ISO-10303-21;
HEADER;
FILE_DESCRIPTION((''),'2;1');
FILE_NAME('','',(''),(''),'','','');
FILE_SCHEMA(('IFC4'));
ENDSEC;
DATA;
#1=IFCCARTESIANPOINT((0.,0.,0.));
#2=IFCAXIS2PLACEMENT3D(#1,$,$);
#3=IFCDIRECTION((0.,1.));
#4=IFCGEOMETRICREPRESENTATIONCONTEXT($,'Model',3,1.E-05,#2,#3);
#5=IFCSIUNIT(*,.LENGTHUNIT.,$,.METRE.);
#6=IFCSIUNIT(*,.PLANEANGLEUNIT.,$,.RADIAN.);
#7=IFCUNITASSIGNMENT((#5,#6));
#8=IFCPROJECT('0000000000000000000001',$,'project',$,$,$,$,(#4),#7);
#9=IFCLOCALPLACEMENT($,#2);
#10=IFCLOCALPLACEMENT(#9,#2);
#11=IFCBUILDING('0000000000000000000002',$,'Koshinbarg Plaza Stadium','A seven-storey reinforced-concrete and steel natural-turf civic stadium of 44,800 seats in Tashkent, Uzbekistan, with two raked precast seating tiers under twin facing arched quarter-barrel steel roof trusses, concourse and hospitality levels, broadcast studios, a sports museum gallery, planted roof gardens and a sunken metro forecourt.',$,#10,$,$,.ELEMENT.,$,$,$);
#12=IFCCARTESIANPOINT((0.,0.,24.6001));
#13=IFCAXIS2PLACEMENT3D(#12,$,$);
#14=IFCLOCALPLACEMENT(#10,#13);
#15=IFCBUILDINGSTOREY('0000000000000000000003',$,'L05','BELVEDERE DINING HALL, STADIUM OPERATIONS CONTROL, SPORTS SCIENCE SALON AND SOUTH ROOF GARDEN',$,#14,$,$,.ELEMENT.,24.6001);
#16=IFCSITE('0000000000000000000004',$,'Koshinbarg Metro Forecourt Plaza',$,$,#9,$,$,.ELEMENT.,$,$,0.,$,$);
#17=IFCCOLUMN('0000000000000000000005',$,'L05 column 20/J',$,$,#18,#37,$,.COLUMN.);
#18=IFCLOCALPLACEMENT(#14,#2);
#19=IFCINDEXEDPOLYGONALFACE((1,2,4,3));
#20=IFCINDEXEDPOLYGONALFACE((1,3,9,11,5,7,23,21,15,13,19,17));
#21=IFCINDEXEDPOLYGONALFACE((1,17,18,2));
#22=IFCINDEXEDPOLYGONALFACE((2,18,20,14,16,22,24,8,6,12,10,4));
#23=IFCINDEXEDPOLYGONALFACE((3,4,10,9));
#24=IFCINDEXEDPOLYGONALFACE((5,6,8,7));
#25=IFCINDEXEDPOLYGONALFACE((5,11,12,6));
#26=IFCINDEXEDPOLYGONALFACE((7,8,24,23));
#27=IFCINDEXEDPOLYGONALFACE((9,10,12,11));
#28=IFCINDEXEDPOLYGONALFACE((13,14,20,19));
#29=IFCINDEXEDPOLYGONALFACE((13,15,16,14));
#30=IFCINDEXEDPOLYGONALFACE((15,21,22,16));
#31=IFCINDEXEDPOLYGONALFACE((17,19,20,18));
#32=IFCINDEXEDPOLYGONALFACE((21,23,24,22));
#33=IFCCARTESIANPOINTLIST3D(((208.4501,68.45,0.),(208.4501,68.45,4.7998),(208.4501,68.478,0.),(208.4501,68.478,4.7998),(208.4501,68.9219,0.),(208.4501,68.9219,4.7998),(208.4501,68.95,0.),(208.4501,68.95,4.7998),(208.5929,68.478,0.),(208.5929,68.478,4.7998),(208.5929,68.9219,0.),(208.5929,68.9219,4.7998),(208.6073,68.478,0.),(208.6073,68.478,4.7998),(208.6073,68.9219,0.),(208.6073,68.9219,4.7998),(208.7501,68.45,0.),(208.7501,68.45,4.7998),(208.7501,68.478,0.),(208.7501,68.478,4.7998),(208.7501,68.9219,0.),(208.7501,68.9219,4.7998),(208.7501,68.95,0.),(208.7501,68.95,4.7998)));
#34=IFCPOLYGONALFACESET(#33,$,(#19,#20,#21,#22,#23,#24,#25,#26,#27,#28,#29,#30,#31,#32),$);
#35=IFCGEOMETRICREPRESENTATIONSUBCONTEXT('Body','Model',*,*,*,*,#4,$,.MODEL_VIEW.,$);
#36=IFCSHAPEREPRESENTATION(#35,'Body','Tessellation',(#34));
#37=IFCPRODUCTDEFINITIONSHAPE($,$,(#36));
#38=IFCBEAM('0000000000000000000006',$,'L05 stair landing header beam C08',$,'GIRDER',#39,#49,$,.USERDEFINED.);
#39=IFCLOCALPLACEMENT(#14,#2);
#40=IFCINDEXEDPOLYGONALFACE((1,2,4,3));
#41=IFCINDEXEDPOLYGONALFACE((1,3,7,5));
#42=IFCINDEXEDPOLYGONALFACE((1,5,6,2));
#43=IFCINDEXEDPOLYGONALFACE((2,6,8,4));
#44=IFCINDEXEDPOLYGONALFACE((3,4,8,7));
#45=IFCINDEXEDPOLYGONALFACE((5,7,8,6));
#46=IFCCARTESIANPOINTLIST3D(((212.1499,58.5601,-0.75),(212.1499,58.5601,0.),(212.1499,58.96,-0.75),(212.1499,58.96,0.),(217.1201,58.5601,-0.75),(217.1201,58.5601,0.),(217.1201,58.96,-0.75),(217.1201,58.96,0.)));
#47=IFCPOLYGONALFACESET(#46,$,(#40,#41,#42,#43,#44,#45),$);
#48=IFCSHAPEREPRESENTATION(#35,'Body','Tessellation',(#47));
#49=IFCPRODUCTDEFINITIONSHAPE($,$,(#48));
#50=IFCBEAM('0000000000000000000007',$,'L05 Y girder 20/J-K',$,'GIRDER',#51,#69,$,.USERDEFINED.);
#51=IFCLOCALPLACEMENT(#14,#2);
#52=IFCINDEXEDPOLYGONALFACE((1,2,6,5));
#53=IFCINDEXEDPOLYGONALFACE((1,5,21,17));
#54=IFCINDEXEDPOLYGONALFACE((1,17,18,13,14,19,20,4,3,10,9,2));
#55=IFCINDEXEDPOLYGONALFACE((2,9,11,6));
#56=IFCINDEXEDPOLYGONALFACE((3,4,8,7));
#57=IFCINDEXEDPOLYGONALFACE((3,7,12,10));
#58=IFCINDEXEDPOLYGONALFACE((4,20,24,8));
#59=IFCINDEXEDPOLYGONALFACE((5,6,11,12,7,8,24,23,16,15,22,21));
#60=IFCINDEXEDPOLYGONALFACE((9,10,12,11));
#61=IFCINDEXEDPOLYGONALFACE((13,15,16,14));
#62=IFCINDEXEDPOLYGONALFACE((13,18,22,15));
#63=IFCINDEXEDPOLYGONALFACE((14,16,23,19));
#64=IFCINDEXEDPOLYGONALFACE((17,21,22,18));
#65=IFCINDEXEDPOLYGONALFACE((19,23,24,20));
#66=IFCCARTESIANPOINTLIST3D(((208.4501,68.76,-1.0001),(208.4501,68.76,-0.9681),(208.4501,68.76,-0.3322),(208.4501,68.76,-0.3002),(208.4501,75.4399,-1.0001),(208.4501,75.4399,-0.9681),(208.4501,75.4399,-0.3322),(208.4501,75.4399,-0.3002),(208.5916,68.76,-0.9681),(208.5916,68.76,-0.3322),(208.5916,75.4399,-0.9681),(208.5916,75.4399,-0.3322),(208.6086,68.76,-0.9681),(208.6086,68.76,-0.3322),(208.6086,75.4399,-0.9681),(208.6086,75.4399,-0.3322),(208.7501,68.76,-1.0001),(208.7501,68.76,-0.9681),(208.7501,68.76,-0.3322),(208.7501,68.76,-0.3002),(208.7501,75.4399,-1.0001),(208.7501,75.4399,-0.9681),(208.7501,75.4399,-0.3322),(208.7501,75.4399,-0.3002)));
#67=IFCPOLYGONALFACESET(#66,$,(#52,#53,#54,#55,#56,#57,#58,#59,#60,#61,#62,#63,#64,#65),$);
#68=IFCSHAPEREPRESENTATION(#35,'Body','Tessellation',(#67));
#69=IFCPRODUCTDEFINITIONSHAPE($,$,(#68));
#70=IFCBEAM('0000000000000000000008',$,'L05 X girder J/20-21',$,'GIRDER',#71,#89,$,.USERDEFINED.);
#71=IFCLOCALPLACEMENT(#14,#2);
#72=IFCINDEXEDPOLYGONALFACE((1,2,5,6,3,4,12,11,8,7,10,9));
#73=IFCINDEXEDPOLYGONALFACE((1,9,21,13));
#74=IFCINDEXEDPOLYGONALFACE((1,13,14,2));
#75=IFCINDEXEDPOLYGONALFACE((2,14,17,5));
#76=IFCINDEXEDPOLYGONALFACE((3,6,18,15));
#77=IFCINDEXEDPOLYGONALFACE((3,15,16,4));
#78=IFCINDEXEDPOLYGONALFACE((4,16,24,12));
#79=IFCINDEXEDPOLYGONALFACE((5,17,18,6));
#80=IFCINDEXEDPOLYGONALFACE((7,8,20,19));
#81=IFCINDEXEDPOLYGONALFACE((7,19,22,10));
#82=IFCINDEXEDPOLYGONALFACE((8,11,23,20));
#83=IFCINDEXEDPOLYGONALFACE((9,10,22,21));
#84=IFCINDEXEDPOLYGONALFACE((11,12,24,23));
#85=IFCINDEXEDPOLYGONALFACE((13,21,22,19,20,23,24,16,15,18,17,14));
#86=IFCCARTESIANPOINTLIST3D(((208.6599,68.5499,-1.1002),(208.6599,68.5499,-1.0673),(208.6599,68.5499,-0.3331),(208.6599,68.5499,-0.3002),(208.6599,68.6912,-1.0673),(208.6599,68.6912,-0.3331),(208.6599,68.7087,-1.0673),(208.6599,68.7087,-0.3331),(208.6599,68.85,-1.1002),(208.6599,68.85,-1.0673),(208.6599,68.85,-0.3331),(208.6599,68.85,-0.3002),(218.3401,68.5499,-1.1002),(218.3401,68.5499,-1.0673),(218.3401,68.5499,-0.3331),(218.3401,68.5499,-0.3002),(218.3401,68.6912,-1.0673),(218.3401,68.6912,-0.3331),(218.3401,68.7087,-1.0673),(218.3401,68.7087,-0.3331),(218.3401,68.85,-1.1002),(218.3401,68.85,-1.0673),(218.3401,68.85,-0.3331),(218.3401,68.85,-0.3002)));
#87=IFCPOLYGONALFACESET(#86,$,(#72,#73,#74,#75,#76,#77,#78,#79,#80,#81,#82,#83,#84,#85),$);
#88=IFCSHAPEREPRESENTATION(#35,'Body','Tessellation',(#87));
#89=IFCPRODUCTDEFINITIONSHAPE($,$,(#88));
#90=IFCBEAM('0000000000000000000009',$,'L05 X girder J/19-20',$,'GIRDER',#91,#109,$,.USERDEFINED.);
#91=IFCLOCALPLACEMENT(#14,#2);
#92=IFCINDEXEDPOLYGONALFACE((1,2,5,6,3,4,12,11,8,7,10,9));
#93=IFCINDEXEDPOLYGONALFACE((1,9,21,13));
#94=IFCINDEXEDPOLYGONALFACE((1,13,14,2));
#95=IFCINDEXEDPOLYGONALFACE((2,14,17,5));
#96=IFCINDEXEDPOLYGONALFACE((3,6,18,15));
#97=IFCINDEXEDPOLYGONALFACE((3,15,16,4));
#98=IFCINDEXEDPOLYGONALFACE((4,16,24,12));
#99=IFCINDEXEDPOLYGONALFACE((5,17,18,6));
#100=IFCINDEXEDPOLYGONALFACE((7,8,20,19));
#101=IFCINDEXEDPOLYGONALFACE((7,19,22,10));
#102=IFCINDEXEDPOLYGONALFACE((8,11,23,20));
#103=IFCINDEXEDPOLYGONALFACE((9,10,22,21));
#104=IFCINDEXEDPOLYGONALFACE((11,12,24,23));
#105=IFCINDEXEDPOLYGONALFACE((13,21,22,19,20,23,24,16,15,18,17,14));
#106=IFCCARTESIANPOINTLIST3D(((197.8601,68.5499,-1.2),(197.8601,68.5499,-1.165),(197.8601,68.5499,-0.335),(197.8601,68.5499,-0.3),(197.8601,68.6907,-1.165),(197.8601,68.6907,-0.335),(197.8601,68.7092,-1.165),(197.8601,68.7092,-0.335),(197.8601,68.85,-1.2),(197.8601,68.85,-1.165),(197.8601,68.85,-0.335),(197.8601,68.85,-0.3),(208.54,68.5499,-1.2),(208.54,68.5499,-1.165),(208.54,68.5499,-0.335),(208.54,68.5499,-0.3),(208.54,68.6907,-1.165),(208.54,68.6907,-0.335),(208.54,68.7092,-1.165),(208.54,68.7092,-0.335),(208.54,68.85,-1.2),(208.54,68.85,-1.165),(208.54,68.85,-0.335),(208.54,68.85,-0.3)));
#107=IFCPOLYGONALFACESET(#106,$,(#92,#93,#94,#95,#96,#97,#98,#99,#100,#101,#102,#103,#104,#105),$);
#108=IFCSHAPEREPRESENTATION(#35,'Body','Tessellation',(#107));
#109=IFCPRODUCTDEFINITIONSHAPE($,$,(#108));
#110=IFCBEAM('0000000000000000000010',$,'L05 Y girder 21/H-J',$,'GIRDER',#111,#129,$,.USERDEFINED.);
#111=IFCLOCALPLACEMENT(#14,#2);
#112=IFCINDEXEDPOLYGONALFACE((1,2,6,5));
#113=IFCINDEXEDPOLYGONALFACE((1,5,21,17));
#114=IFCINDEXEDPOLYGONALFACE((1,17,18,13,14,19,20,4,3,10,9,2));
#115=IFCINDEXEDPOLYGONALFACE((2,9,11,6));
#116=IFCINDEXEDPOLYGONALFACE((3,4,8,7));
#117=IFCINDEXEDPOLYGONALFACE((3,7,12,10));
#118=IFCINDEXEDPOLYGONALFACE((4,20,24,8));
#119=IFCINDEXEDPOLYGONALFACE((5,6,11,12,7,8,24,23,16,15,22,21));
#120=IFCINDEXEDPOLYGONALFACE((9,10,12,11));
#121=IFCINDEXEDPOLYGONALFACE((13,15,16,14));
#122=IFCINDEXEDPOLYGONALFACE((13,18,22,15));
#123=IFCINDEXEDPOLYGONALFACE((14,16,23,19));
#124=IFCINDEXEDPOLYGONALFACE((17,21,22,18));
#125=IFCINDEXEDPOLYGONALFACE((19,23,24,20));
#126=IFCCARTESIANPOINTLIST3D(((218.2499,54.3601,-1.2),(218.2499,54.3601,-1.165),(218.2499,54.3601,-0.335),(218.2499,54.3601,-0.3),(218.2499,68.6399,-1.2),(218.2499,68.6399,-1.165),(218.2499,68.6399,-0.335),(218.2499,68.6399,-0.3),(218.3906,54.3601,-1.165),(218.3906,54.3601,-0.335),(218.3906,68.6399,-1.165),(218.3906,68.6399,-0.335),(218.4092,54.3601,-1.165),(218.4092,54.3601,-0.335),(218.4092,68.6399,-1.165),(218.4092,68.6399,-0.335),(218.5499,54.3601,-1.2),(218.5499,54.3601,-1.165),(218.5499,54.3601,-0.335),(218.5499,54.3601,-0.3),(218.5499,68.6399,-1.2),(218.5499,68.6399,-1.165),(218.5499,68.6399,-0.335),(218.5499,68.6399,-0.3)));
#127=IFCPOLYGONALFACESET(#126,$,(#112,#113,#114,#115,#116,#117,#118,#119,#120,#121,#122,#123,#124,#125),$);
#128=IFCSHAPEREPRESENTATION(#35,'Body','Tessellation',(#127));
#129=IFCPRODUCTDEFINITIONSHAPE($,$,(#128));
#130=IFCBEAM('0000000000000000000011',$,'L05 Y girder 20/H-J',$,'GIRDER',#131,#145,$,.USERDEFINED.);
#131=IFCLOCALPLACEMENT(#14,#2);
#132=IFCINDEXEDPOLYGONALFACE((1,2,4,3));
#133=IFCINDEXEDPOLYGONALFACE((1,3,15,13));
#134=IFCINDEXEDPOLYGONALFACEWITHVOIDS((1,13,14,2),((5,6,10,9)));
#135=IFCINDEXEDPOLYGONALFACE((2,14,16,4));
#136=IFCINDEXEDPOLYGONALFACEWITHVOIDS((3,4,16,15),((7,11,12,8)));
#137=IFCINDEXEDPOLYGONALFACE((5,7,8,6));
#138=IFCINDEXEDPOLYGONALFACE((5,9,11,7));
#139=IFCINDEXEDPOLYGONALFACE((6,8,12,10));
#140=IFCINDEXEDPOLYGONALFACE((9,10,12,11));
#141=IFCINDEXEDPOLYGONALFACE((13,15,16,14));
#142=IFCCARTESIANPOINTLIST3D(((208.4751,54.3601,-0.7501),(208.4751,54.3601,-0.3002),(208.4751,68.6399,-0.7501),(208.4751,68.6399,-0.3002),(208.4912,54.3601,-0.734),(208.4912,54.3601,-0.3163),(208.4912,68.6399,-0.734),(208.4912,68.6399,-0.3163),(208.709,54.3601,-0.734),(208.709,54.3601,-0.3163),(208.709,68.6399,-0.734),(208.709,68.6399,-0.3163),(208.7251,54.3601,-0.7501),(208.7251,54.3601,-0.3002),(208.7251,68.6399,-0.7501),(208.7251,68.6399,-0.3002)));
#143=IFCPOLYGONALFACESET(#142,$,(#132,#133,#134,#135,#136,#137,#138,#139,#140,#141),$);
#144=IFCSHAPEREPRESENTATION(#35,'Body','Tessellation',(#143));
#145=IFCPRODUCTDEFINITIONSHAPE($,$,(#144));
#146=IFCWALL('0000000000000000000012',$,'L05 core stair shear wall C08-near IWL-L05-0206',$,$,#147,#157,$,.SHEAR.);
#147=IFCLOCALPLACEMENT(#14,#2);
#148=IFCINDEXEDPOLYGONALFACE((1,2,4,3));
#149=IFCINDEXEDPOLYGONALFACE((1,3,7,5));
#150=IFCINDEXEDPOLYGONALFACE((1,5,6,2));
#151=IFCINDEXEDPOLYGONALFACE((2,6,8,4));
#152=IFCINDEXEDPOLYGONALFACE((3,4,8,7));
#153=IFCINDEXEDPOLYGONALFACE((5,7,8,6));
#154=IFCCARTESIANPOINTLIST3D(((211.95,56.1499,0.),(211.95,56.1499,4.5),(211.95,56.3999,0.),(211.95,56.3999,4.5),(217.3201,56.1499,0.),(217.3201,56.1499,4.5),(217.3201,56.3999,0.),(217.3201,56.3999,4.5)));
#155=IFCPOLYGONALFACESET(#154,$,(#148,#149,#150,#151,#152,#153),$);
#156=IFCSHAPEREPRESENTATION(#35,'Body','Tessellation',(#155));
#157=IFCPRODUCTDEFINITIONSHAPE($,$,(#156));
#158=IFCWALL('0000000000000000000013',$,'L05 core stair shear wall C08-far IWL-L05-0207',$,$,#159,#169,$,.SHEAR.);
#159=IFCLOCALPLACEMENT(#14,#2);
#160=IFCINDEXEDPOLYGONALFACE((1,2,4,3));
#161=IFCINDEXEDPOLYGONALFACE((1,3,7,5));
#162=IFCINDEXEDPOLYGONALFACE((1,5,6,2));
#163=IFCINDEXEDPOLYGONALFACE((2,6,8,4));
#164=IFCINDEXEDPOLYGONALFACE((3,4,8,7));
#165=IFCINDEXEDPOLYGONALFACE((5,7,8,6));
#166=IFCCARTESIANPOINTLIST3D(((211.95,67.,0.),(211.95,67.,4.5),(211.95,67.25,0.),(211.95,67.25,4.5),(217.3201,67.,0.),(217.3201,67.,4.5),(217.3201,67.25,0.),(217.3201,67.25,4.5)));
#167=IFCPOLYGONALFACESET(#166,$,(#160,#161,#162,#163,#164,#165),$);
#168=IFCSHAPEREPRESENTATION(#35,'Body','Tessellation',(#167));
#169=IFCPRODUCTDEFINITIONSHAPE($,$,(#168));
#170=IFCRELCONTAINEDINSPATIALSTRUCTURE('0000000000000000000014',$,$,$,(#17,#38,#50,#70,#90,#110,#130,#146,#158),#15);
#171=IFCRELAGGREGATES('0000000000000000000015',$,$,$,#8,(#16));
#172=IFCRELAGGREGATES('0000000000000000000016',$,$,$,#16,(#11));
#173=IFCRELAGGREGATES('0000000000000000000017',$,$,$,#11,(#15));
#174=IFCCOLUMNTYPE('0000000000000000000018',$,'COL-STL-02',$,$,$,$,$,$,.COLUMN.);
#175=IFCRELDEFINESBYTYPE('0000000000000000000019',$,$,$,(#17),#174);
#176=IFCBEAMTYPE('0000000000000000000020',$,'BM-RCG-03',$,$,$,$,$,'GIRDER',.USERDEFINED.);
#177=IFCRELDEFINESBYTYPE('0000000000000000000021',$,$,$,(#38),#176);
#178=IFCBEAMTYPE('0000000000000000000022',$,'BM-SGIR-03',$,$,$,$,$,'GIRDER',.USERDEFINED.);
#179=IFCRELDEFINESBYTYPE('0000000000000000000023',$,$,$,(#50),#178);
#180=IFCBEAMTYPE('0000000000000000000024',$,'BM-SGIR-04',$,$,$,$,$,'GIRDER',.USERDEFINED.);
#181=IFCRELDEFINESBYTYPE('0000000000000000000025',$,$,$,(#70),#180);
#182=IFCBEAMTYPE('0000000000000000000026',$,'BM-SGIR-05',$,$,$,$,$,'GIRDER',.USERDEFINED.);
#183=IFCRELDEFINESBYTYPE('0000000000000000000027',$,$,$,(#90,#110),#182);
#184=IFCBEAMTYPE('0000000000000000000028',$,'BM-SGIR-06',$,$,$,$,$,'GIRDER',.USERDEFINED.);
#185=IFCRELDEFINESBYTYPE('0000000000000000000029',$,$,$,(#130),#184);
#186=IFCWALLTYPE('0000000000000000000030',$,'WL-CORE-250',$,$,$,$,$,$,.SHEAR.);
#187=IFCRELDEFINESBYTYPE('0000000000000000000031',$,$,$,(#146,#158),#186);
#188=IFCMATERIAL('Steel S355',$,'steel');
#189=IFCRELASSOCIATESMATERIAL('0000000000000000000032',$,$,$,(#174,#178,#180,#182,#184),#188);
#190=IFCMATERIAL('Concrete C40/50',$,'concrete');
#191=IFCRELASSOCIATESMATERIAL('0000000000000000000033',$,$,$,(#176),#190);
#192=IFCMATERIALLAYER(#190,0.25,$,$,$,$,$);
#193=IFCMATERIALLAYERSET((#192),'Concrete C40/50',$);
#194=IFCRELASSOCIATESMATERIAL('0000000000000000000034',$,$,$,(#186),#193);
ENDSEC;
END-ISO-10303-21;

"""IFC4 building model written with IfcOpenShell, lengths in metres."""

from ifc_helpers import new_model, si_unit, direction, frame, frame_2d, origin, origin_2d, place, context, subcontext, project, spatial, rectangle, hollow_rectangle, i_section, extrude, material, layer, layer_set, material_profile, profile_set, type_object, element, save


model = new_model("IFC4")

# Units and contexts
model_context = context("Model", 3, precision=1e-05, world=origin(), true_north=direction((0.0, 1.0)))
body_context = subcontext(model_context, "Body", "Model", "MODEL_VIEW")
ifc_project = project(units=[si_unit("LENGTHUNIT", "METRE"), si_unit("PLANEANGLEUNIT", "RADIAN")], contexts=[model_context])

# Site, building, storey
site_placement = place(None, origin())
site = spatial("IfcSite", under=ifc_project, at=site_placement, Name="Koshinbarg Metro Forecourt Plaza", CompositionType="ELEMENT", RefElevation=0.0)
building_placement = place(site_placement, origin())
building = spatial("IfcBuilding", under=site, at=building_placement, Name="Koshinbarg Plaza Stadium", Description="A seven-storey reinforced-concrete and steel natural-turf civic stadium of 44,800 seats in Tashkent, Uzbekistan, with two raked precast seating tiers under twin facing arched quarter-barrel steel roof trusses, concourse and hospitality levels, broadcast studios, a sports museum gallery, planted roof gardens and a sunken metro forecourt.", CompositionType="ELEMENT")
storey_placement = place(building_placement, frame((0.0, 0.0, 24.6001)))
storey = spatial("IfcBuildingStorey", under=building, at=storey_placement, Name="L05", Description="BELVEDERE DINING HALL, STADIUM OPERATIONS CONTROL, SPORTS SCIENCE SALON AND SOUTH ROOF GARDEN", CompositionType="ELEMENT", Elevation=24.6001)

# Column
ifc_material_1 = material(Name="Steel S355", Category="steel")
ifc_material_profile_1 = material_profile(ifc_material_1, i_section(OverallWidth=0.3, OverallDepth=0.5, WebThickness=0.0144, FlangeThickness=0.0281, at=origin_2d()), Name="HEB 500")
ifc_profile_set_1 = profile_set([ifc_material_profile_1], Name="Steel S355")
column_type = type_object("IfcColumnType", Name="COL-STL-02", PredefinedType="COLUMN", material=ifc_profile_set_1)
column_placement = place(storey_placement, frame((208.6001, 68.7, 0.0), z_axis=(0.0, 0.0, 1.0), x_axis=(1.0, 0.0, 0.0)))
element("IfcColumn", 1, at=column_placement, inside=storey, type_object=column_type, Name="L05 column 20/J", PredefinedType="COLUMN", context=body_context, shape_type="SweptSolid", body=[
    extrude(i_section(OverallWidth=0.3, OverallDepth=0.5, WebThickness=0.0144, FlangeThickness=0.0281, at=origin_2d()), origin(), (0.0, 0.0, 1.0), 4.7998),
])

# Beams
ifc_material_2 = material(Name="Concrete C40/50", Category="concrete")
ifc_material_profile_2 = material_profile(ifc_material_2, rectangle(XDim=0.3999, YDim=0.75, at=origin_2d()), Name="RC 400x750")
ifc_profile_set_2 = profile_set([ifc_material_profile_2], Name="Concrete C40/50")
beam_type_1 = type_object("IfcBeamType", Name="BM-RCG-03", ElementType="GIRDER", PredefinedType="USERDEFINED", material=ifc_profile_set_2)
beam_1_placement = place(storey_placement, frame((212.1499, 58.76, -0.375), z_axis=(1.0, 0.0, 0.0), x_axis=(0.0, 1.0, 0.0)))
element("IfcBeam", 2, at=beam_1_placement, inside=storey, type_object=beam_type_1, Name="L05 stair landing header beam C08", ObjectType="GIRDER", PredefinedType="USERDEFINED", context=body_context, shape_type="SweptSolid", body=[
    extrude(rectangle(XDim=0.3999, YDim=0.75, at=origin_2d()), origin(), (0.0, 0.0, 1.0), 4.9702),
])
ifc_material_profile_3 = material_profile(ifc_material_1, i_section(OverallWidth=0.3, OverallDepth=0.7, WebThickness=0.0171, FlangeThickness=0.032, at=origin_2d()), Name="HEB 700")
ifc_profile_set_3 = profile_set([ifc_material_profile_3], Name="Steel S355")
beam_type_2 = type_object("IfcBeamType", Name="BM-SGIR-03", ElementType="GIRDER", PredefinedType="USERDEFINED", material=ifc_profile_set_3)
beam_2_placement = place(storey_placement, frame((208.6001, 68.76, -0.6501), z_axis=(0.0, 1.0, 0.0), x_axis=(-1.0, 0.0, 0.0)))
element("IfcBeam", 3, at=beam_2_placement, inside=storey, type_object=beam_type_2, Name="L05 Y girder 20/J-K", ObjectType="GIRDER", PredefinedType="USERDEFINED", context=body_context, shape_type="SweptSolid", body=[
    extrude(i_section(OverallWidth=0.3, OverallDepth=0.7, WebThickness=0.0171, FlangeThickness=0.032, at=origin_2d()), origin(), (0.0, 0.0, 1.0), 6.6799),
])
ifc_material_profile_4 = material_profile(ifc_material_1, i_section(OverallWidth=0.3, OverallDepth=0.8, WebThickness=0.0176, FlangeThickness=0.033, at=origin_2d()), Name="HEB 800")
ifc_profile_set_4 = profile_set([ifc_material_profile_4], Name="Steel S355")
beam_type_3 = type_object("IfcBeamType", Name="BM-SGIR-04", ElementType="GIRDER", PredefinedType="USERDEFINED", material=ifc_profile_set_4)
beam_3_placement = place(storey_placement, frame((208.6599, 68.7, -0.7002), z_axis=(1.0, 0.0, 0.0), x_axis=(0.0, 1.0, 0.0)))
element("IfcBeam", 4, at=beam_3_placement, inside=storey, type_object=beam_type_3, Name="L05 X girder J/20-21", ObjectType="GIRDER", PredefinedType="USERDEFINED", context=body_context, shape_type="SweptSolid", body=[
    extrude(i_section(OverallWidth=0.3, OverallDepth=0.8, WebThickness=0.0176, FlangeThickness=0.033, at=origin_2d()), origin(), (0.0, 0.0, 1.0), 9.6802),
])
ifc_material_profile_5 = material_profile(ifc_material_1, i_section(OverallWidth=0.3, OverallDepth=0.8999, WebThickness=0.0186, FlangeThickness=0.0349, at=origin_2d()), Name="HEB 900")
ifc_profile_set_5 = profile_set([ifc_material_profile_5], Name="Steel S355")
beam_type_4 = type_object("IfcBeamType", Name="BM-SGIR-05", ElementType="GIRDER", PredefinedType="USERDEFINED", material=ifc_profile_set_5)
beam_4_placement = place(storey_placement, frame((197.8601, 68.7, -0.75), z_axis=(1.0, 0.0, 0.0), x_axis=(0.0, 1.0, 0.0)))
element("IfcBeam", 5, at=beam_4_placement, inside=storey, type_object=beam_type_4, Name="L05 X girder J/19-20", ObjectType="GIRDER", PredefinedType="USERDEFINED", context=body_context, shape_type="SweptSolid", body=[
    extrude(i_section(OverallWidth=0.3, OverallDepth=0.8999, WebThickness=0.0186, FlangeThickness=0.0349, at=origin_2d()), origin(), (0.0, 0.0, 1.0), 10.6799),
])
beam_5_placement = place(storey_placement, frame((218.3999, 54.3601, -0.75), z_axis=(0.0, 1.0, 0.0), x_axis=(-1.0, 0.0, 0.0)))
element("IfcBeam", 6, at=beam_5_placement, inside=storey, type_object=beam_type_4, Name="L05 Y girder 21/H-J", ObjectType="GIRDER", PredefinedType="USERDEFINED", context=body_context, shape_type="SweptSolid", body=[
    extrude(i_section(OverallWidth=0.3, OverallDepth=0.8999, WebThickness=0.0186, FlangeThickness=0.0349, at=origin_2d()), origin(), (0.0, 0.0, 1.0), 14.2798),
])
ifc_material_profile_6 = material_profile(ifc_material_1, hollow_rectangle(XDim=0.25, YDim=0.45, WallThickness=0.0161, at=origin_2d()), Name="RHS 450x250x16")
ifc_profile_set_6 = profile_set([ifc_material_profile_6], Name="Steel S355")
beam_type_5 = type_object("IfcBeamType", Name="BM-SGIR-06", ElementType="GIRDER", PredefinedType="USERDEFINED", material=ifc_profile_set_6)
beam_6_placement = place(storey_placement, frame((208.6001, 54.3601, -0.5251), z_axis=(0.0, 1.0, 0.0), x_axis=(-1.0, 0.0, 0.0)))
element("IfcBeam", 7, at=beam_6_placement, inside=storey, type_object=beam_type_5, Name="L05 Y girder 20/H-J", ObjectType="GIRDER", PredefinedType="USERDEFINED", context=body_context, shape_type="SweptSolid", body=[
    extrude(hollow_rectangle(XDim=0.25, YDim=0.45, WallThickness=0.0161, at=origin_2d()), origin(), (0.0, 0.0, 1.0), 14.2798),
])

# Walls
ifc_layer_1 = layer(ifc_material_2, 0.25)
ifc_layer_set_1 = layer_set([ifc_layer_1], Name="Concrete C40/50")
wall_type_1 = type_object("IfcWallType", Name="WL-CORE-250", PredefinedType="SHEAR", material=ifc_layer_set_1)
for number, where, z_axis, x_axis, name in (
    (8, (211.95, 56.2749, 0.0), (0.0, 0.0, 1.0), (1.0, 0.0, 0.0), "L05 core stair shear wall C08-near IWL-L05-0206"),
    (9, (217.3201, 67.125, 0.0), (0.0, 0.0, 1.0), (-1.0, 0.0, 0.0), "L05 core stair shear wall C08-far IWL-L05-0207"),
):
    element("IfcWall", number, at=place(storey_placement, frame(where, z_axis=z_axis, x_axis=x_axis)), inside=storey, type_object=wall_type_1, Name=name, PredefinedType="SHEAR", context=body_context, shape_type="SweptSolid", body=[
        extrude(rectangle(XDim=5.3701, YDim=0.25, at=frame_2d((2.6851, 0.0))), origin(), (0.0, 0.0, 1.0), 4.5),
    ])

save(model, "model.ifc")
